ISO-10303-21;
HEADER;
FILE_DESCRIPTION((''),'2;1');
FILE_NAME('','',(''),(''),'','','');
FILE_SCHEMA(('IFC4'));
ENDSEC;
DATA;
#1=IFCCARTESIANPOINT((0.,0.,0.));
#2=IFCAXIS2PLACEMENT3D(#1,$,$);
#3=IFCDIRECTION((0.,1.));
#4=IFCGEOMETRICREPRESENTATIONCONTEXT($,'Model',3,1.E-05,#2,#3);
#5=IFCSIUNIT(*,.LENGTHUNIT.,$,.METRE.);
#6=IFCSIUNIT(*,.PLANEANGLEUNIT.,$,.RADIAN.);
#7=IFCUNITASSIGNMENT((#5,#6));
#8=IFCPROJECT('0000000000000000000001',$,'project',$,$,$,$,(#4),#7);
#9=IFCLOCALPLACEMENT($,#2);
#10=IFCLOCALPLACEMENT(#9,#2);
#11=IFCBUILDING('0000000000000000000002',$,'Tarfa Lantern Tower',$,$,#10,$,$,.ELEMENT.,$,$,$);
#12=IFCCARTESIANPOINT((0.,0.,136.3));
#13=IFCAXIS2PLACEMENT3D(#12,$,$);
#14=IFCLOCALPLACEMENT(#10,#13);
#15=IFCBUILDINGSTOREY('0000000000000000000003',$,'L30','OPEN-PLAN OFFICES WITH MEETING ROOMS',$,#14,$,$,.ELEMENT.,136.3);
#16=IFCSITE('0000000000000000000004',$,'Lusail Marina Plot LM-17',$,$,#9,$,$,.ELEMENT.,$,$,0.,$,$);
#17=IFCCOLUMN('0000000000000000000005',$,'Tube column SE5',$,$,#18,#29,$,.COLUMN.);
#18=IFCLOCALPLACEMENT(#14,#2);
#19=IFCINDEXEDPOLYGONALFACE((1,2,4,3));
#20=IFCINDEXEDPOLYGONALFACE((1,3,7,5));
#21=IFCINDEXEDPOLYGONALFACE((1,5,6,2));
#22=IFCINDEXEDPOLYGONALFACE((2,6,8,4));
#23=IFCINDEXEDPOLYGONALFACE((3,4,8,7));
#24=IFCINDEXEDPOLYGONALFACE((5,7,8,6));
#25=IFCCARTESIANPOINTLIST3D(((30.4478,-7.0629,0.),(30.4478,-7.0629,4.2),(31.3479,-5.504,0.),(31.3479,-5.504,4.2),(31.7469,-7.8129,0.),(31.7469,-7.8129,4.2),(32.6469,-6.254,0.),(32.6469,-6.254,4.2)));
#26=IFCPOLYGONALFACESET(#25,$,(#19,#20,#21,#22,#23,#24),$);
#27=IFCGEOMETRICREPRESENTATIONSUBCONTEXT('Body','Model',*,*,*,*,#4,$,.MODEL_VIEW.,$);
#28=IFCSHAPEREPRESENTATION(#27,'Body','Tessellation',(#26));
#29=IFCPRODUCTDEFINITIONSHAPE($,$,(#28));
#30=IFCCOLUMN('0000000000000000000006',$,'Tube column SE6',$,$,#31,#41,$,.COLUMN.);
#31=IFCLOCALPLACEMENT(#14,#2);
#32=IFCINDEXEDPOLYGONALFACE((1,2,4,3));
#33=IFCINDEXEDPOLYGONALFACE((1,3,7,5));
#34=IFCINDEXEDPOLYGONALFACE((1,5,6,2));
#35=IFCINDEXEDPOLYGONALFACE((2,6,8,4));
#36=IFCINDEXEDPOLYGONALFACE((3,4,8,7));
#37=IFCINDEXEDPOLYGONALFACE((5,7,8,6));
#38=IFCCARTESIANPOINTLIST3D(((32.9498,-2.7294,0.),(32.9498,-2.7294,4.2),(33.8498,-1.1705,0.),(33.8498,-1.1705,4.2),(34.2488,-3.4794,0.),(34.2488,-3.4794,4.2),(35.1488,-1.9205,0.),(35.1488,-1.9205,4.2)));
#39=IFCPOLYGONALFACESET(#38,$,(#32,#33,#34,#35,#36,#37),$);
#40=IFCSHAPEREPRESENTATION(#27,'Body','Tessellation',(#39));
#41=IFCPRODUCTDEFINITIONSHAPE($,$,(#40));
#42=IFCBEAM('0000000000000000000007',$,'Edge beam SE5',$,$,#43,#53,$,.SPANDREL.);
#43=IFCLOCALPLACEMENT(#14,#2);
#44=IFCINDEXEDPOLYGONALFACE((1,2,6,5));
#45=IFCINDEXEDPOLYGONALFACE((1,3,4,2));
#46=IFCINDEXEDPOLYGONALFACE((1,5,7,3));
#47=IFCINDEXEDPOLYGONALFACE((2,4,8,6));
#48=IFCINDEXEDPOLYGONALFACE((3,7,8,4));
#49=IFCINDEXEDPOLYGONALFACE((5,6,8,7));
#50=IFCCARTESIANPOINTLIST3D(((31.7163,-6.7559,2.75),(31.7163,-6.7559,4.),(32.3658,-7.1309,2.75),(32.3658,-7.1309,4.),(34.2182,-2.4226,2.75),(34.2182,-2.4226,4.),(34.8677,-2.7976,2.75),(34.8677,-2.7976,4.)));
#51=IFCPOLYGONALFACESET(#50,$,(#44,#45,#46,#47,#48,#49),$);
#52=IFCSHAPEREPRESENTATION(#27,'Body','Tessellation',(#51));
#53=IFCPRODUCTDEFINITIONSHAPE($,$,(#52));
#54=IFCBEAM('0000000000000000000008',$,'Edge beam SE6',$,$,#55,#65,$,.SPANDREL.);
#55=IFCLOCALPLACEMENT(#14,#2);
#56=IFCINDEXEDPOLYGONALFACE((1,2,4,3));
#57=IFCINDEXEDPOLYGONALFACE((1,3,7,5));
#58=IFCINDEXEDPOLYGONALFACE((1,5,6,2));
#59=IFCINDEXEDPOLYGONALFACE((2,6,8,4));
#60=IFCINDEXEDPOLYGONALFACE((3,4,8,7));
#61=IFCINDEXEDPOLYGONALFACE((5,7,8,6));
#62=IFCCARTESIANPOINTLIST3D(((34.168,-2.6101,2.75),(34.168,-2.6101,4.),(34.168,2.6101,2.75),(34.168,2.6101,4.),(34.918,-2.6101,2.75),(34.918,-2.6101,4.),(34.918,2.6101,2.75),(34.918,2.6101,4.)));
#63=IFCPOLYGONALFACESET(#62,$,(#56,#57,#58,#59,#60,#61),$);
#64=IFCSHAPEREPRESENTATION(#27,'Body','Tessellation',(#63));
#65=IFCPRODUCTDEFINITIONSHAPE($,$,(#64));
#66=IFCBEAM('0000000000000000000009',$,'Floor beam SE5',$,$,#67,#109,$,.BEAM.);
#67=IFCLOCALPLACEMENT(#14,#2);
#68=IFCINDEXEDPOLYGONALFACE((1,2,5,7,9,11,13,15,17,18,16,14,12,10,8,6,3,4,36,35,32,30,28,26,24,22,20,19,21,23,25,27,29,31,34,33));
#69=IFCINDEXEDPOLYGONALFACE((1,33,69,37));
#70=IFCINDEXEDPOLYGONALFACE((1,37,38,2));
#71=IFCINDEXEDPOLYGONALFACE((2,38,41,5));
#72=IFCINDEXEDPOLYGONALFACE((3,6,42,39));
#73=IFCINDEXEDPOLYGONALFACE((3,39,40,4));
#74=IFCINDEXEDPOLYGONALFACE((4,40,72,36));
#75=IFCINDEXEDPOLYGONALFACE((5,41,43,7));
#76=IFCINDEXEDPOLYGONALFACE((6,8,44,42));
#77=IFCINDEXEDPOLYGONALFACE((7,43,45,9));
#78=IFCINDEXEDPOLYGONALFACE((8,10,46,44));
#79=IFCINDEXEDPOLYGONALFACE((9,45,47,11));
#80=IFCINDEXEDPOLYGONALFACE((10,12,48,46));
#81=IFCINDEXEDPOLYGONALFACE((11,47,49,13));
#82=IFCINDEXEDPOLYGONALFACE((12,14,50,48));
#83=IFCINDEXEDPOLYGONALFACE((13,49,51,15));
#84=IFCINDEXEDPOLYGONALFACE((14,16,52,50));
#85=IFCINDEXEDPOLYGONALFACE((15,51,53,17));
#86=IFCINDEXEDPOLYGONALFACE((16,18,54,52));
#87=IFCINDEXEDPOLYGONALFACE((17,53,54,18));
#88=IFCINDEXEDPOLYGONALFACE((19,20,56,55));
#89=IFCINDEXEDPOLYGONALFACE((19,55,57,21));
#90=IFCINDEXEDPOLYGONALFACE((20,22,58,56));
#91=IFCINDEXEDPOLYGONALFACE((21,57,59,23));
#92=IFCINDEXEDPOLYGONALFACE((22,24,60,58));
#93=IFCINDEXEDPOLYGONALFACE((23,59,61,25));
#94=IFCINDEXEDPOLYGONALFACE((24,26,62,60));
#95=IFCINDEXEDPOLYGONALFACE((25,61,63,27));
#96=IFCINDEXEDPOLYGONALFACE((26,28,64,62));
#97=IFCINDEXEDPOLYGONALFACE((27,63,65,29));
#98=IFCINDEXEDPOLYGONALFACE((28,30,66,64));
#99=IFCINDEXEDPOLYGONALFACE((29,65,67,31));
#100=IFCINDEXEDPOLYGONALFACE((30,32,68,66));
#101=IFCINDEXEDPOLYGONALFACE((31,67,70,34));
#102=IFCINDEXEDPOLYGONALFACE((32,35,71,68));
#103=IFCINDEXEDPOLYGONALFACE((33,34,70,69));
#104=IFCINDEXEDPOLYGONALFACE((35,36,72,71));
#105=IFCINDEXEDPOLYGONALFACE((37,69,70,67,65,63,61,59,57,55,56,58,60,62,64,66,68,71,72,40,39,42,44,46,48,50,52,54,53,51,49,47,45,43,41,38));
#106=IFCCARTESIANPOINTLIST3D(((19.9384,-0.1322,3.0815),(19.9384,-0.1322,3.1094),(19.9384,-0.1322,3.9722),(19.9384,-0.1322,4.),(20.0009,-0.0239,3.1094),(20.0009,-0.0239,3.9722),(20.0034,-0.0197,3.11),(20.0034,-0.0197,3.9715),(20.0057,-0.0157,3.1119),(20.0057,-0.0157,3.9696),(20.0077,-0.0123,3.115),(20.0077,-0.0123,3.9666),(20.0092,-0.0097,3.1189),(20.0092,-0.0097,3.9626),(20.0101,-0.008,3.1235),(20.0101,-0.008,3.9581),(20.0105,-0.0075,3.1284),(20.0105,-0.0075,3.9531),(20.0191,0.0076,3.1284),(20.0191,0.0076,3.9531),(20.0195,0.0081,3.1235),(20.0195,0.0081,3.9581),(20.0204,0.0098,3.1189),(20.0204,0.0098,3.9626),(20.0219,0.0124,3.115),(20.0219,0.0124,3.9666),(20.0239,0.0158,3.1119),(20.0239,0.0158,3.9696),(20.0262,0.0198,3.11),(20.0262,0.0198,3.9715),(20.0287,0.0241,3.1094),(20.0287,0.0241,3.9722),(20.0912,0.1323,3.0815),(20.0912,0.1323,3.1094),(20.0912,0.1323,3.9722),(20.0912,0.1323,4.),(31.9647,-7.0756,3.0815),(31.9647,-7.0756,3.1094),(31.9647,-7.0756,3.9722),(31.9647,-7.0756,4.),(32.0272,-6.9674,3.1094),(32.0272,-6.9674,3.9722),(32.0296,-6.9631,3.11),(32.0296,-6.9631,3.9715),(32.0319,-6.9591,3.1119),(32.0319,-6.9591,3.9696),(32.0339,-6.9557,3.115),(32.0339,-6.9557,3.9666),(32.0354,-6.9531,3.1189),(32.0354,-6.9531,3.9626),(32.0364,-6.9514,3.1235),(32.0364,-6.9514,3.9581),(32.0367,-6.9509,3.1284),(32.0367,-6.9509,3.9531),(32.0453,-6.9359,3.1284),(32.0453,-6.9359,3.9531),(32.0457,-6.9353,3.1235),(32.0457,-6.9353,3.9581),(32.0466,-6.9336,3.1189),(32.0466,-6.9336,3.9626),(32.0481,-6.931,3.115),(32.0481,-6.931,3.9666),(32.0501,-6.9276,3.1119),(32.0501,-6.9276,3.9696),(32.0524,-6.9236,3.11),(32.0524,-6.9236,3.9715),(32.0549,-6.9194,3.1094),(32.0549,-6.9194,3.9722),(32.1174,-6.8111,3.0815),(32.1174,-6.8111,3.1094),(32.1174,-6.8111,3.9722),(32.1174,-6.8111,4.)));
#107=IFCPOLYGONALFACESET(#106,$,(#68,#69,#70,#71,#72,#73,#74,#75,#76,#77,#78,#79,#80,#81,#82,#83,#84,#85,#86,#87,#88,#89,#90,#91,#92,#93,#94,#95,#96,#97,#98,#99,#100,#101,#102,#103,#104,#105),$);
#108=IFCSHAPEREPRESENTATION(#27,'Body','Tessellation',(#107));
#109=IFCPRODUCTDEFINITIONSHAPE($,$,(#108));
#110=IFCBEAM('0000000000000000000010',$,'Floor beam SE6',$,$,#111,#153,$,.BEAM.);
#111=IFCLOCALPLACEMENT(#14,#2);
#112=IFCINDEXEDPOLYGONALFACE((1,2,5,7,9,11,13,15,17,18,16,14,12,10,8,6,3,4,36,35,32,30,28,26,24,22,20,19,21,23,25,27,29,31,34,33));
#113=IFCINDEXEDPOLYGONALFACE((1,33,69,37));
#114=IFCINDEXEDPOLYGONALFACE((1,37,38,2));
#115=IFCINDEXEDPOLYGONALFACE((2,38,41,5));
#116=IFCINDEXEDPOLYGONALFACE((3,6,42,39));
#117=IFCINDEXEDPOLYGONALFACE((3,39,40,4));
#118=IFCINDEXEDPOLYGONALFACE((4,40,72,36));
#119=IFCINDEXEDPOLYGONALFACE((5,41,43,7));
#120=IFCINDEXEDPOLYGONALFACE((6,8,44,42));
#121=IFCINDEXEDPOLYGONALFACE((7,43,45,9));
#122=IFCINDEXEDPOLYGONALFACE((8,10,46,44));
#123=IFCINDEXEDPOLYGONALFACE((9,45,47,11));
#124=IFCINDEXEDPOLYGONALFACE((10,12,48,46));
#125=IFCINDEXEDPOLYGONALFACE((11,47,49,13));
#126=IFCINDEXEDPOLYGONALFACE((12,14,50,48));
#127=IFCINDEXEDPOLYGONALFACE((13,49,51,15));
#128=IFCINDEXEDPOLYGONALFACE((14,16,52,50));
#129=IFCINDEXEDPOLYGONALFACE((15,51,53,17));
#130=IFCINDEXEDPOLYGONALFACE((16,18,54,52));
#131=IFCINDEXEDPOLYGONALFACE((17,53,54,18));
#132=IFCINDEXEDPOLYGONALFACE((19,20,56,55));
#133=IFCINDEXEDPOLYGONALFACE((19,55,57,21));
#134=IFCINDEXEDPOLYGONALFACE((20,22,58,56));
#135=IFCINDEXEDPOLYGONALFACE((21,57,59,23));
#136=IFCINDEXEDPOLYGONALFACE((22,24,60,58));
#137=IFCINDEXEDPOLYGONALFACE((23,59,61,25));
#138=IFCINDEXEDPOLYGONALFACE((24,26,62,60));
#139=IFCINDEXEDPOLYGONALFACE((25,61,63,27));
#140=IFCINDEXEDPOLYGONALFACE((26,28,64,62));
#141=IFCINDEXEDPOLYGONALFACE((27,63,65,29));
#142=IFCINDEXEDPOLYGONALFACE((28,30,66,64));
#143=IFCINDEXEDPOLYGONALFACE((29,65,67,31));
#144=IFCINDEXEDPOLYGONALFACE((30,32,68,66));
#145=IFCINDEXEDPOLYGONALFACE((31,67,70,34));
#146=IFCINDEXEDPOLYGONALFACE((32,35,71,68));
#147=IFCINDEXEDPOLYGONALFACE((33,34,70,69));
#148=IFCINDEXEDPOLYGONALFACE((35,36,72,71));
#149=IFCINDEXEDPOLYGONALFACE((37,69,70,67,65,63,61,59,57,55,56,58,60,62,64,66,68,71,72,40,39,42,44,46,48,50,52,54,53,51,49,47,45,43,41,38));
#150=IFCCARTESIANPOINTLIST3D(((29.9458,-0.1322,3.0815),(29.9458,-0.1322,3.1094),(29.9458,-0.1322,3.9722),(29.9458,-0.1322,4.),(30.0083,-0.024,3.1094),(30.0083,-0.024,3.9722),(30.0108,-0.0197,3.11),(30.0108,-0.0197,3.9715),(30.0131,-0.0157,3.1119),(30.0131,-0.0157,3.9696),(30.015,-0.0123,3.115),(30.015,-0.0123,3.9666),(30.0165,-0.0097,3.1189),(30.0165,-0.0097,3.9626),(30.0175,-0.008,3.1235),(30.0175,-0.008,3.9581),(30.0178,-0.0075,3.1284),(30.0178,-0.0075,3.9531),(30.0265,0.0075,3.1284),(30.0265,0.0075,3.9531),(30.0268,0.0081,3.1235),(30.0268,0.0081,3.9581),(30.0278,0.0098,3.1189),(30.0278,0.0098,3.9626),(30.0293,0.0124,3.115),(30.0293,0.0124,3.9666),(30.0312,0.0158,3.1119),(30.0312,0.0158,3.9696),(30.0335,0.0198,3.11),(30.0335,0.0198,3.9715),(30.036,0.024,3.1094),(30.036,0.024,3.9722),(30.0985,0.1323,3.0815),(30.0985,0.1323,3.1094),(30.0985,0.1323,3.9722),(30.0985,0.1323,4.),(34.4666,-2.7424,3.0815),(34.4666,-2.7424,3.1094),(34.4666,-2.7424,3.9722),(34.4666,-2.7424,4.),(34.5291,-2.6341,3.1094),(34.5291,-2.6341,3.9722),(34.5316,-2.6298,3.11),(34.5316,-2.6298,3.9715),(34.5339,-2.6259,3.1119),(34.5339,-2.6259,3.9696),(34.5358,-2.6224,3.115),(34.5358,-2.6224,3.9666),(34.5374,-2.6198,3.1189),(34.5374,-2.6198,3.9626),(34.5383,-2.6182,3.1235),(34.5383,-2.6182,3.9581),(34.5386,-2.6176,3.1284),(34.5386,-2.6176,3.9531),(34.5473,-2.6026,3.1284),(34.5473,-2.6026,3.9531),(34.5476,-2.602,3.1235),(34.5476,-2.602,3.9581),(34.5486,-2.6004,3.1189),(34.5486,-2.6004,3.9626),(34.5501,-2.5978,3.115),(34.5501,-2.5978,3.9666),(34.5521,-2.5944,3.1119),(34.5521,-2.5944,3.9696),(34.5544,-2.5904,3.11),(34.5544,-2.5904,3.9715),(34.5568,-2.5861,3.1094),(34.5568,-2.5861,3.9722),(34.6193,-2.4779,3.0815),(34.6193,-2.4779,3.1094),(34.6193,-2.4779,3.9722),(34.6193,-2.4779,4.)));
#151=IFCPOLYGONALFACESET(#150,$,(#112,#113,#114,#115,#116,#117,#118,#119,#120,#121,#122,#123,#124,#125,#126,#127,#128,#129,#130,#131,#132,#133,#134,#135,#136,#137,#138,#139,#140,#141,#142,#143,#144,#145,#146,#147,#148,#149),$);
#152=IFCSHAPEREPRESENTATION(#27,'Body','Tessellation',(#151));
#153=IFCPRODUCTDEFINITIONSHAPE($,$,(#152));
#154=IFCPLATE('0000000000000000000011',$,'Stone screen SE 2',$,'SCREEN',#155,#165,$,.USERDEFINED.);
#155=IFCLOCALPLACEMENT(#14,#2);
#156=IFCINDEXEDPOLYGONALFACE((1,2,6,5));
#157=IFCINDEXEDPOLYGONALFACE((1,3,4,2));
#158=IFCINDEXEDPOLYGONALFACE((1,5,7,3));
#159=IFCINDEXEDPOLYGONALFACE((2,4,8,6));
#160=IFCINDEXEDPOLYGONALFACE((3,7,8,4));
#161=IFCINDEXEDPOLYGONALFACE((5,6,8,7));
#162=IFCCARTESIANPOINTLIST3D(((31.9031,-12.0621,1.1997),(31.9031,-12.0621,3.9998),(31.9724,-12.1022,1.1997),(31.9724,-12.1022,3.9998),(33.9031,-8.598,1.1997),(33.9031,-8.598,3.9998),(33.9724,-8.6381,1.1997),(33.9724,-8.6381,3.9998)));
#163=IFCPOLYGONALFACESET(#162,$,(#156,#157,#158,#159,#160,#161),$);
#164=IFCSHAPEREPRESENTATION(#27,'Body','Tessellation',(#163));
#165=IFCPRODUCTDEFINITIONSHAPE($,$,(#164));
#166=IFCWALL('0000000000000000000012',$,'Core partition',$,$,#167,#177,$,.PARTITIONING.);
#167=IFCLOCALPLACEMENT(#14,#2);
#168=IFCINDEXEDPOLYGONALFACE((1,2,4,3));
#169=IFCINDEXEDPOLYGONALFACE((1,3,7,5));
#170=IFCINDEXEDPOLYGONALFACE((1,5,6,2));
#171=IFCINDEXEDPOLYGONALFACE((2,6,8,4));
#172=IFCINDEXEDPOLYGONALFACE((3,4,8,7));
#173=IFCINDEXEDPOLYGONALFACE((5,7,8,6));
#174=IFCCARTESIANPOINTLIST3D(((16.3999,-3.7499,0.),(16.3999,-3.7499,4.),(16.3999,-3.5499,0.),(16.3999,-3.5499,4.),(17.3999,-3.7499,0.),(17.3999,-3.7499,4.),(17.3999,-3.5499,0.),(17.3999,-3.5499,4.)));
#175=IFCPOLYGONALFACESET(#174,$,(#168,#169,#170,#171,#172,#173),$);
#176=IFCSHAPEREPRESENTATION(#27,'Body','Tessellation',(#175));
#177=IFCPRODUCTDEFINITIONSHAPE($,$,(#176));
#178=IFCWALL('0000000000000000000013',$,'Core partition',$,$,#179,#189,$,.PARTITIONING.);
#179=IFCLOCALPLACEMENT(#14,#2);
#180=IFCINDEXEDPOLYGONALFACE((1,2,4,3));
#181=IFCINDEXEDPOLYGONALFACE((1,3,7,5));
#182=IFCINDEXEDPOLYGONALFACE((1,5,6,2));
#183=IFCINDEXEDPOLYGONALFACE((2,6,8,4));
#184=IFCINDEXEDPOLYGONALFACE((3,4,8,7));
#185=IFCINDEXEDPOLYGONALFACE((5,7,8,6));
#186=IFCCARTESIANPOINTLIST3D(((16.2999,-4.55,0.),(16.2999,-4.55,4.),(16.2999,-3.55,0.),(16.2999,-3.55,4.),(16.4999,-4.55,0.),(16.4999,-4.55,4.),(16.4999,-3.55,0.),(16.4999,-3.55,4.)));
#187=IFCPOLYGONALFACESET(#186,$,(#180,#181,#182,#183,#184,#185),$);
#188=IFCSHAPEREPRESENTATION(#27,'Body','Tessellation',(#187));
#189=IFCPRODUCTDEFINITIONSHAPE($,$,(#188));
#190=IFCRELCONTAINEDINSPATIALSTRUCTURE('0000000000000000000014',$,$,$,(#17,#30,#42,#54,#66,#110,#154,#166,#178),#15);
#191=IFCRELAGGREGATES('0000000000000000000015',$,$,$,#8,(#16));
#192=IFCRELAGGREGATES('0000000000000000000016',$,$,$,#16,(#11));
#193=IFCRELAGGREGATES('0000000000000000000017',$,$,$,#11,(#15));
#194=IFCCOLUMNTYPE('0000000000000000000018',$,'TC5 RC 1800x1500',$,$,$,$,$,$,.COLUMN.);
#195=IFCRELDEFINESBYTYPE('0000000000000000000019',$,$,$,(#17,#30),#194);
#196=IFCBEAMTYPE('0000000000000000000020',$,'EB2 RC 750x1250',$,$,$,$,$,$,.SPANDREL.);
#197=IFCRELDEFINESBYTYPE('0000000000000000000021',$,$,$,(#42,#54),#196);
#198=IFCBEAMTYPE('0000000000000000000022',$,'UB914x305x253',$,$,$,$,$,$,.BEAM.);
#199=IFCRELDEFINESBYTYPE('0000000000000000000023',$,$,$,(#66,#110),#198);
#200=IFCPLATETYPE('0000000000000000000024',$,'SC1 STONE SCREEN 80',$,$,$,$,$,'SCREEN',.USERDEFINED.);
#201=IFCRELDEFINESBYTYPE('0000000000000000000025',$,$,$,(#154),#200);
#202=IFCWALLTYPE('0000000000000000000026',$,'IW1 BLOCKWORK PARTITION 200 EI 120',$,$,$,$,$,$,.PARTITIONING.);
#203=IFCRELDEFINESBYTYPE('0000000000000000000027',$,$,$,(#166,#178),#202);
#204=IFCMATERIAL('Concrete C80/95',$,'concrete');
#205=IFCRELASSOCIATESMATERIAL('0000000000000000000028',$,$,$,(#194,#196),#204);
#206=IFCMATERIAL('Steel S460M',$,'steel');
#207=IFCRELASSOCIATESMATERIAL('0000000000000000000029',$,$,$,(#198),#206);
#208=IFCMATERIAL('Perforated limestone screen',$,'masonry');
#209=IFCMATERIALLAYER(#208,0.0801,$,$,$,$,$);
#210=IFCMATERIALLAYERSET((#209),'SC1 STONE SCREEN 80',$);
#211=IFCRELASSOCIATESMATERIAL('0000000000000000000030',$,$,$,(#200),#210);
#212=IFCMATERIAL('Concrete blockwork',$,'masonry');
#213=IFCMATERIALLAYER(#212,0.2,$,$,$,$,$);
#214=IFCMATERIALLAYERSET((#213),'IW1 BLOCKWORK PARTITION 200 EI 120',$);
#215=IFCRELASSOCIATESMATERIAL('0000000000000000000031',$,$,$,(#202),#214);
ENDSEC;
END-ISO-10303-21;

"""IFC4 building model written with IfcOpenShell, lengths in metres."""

from ifc_helpers import new_model, si_unit, direction, frame, frame_2d, origin, origin_2d, place, context, subcontext, project, spatial, rectangle, i_section, extrude, material, layer, layer_set, material_profile, profile_set, type_object, element, save


model = new_model("IFC4")

# Units and contexts
model_context = context("Model", 3, precision=1e-05, world=origin(), true_north=direction((0.0, 1.0)))
body_context = subcontext(model_context, "Body", "Model", "MODEL_VIEW")
ifc_project = project(units=[si_unit("LENGTHUNIT", "METRE"), si_unit("PLANEANGLEUNIT", "RADIAN")], contexts=[model_context])

# Site, building, storey
site_placement = place(None, origin())
site = spatial("IfcSite", under=ifc_project, at=site_placement, Name="Lusail Marina Plot LM-17", CompositionType="ELEMENT", RefElevation=0.0)
building_placement = place(site_placement, origin())
building = spatial("IfcBuilding", under=site, at=building_placement, Name="Tarfa Lantern Tower", CompositionType="ELEMENT")
storey_placement = place(building_placement, frame((0.0, 0.0, 136.3)))
storey = spatial("IfcBuildingStorey", under=building, at=storey_placement, Name="L30", Description="OPEN-PLAN OFFICES WITH MEETING ROOMS", CompositionType="ELEMENT", Elevation=136.3)

# Columns
ifc_material_1 = material(Name="Concrete C80/95", Category="concrete")
ifc_material_profile_1 = material_profile(ifc_material_1, rectangle(XDim=1.8, YDim=1.5, at=origin_2d()), Name="RC 1800x1500")
ifc_profile_set_1 = profile_set([ifc_material_profile_1], Name="Concrete C80/95")
column_type = type_object("IfcColumnType", Name="TC5 RC 1800x1500", PredefinedType="COLUMN", material=ifc_profile_set_1)
for number, where, z_axis, x_axis, name in (
    (1, (31.5474, -6.6584, 0.0), (0.0, 0.0, 1.0), (0.5, 0.866025, 0.0), "Tube column SE5"),
    (2, (34.0493, -2.325, 0.0), (0.0, 0.0, 1.0), (0.5, 0.866025, 0.0), "Tube column SE6"),
):
    element("IfcColumn", number, at=place(storey_placement, frame(where, z_axis=z_axis, x_axis=x_axis)), inside=storey, type_object=column_type, Name=name, PredefinedType="COLUMN", context=body_context, shape_type="SweptSolid", body=[
        extrude(rectangle(XDim=1.8, YDim=1.5, at=origin_2d()), origin(), (0.0, 0.0, 1.0), 4.2),
    ])

# Beams
ifc_material_profile_2 = material_profile(ifc_material_1, rectangle(XDim=0.75, YDim=1.25, at=origin_2d()), Name="RC 750x1250")
ifc_profile_set_2 = profile_set([ifc_material_profile_2], Name="Concrete C80/95")
beam_type_1 = type_object("IfcBeamType", Name="EB2 RC 750x1250", PredefinedType="SPANDREL", material=ifc_profile_set_2)
beam_1_placement = place(storey_placement, frame((32.041, -6.9434, 3.375), z_axis=(0.500022, 0.866013, 0.0), x_axis=(-0.866013, 0.500022, 0.0)))
element("IfcBeam", 3, at=beam_1_placement, inside=storey, type_object=beam_type_1, Name="Edge beam SE5", PredefinedType="SPANDREL", context=body_context, shape_type="SweptSolid", body=[
    extrude(rectangle(XDim=0.75, YDim=1.25, at=origin_2d()), origin(), (0.0, 0.0, 1.0), 5.0037),
])
beam_2_placement = place(storey_placement, frame((34.543, -2.6101, 3.375), z_axis=(0.0, 1.0, 0.0), x_axis=(-1.0, 0.0, 0.0)))
element("IfcBeam", 4, at=beam_2_placement, inside=storey, type_object=beam_type_1, Name="Edge beam SE6", PredefinedType="SPANDREL", context=body_context, shape_type="SweptSolid", body=[
    extrude(rectangle(XDim=0.75, YDim=1.25, at=origin_2d()), origin(), (0.0, 0.0, 1.0), 5.2202),
])
ifc_material_2 = material(Name="Steel S460M", Category="steel")
ifc_material_profile_3 = material_profile(ifc_material_2, i_section(OverallWidth=0.3054, OverallDepth=0.9185, WebThickness=0.0173, FlangeThickness=0.0278, FilletRadius=0.019, at=origin_2d()), Name="UB914x305x253")
ifc_profile_set_3 = profile_set([ifc_material_profile_3], Name="Steel S460M")
beam_type_2 = type_object("IfcBeamType", Name="UB914x305x253", PredefinedType="BEAM", material=ifc_profile_set_3)
beam_3_placement = place(storey_placement, frame((32.041, -6.9434, 3.5408), z_axis=(-0.866023, 0.500004, 0.0), x_axis=(-0.500004, -0.866023, 0.0)))
element("IfcBeam", 5, at=beam_3_placement, inside=storey, type_object=beam_type_2, Name="Floor beam SE5", PredefinedType="BEAM", context=body_context, shape_type="SweptSolid", body=[
    extrude(i_section(OverallWidth=0.3054, OverallDepth=0.9185, WebThickness=0.0173, FlangeThickness=0.0278, FilletRadius=0.019, at=origin_2d()), origin(), (0.0, 0.0, 1.0), 13.8867),
])
beam_4_placement = place(storey_placement, frame((34.543, -2.6101, 3.5408), z_axis=(-0.866021, 0.500007, 0.0), x_axis=(-0.500007, -0.866021, 0.0)))
element("IfcBeam", 6, at=beam_4_placement, inside=storey, type_object=beam_type_2, Name="Floor beam SE6", PredefinedType="BEAM", context=body_context, shape_type="SweptSolid", body=[
    extrude(i_section(OverallWidth=0.3054, OverallDepth=0.9185, WebThickness=0.0173, FlangeThickness=0.0278, FilletRadius=0.019, at=origin_2d()), origin(), (0.0, 0.0, 1.0), 5.2202),
])

# Plate
ifc_material_3 = material(Name="Perforated limestone screen", Category="masonry")
ifc_layer_1 = layer(ifc_material_3, 0.0801)
ifc_layer_set_1 = layer_set([ifc_layer_1], Name="SC1 STONE SCREEN 80")
plate_type = type_object("IfcPlateType", Name="SC1 STONE SCREEN 80", ElementType="SCREEN", PredefinedType="USERDEFINED", material=ifc_layer_set_1)
plate_placement = place(storey_placement, frame((32.9377, -10.3501, 1.1997), z_axis=(0.0, 0.0, 1.0), x_axis=(0.5, 0.866025, 0.0)))
element("IfcPlate", 7, at=plate_placement, inside=storey, type_object=plate_type, Name="Stone screen SE 2", ObjectType="SCREEN", PredefinedType="USERDEFINED", context=body_context, shape_type="SweptSolid", body=[
    extrude(rectangle(XDim=4.0, YDim=0.0801, at=origin_2d()), origin(), (0.0, 0.0, 1.0), 2.8),
])

# Walls
ifc_material_4 = material(Name="Concrete blockwork", Category="masonry")
ifc_layer_2 = layer(ifc_material_4, 0.2)
ifc_layer_set_2 = layer_set([ifc_layer_2], Name="IW1 BLOCKWORK PARTITION 200 EI 120")
wall_type_1 = type_object("IfcWallType", Name="IW1 BLOCKWORK PARTITION 200 EI 120", PredefinedType="PARTITIONING", material=ifc_layer_set_2)
for number, where, z_axis, x_axis, name in (
    (8, (17.3999, -3.6499, 0.0), (0.0, 0.0, 1.0), (-1.0, 0.0, 0.0), "Core partition"),
    (9, (16.3999, -3.55, 0.0), (0.0, 0.0, 1.0), (0.0, -1.0, 0.0), "Core partition"),
):
    element("IfcWall", number, at=place(storey_placement, frame(where, z_axis=z_axis, x_axis=x_axis)), inside=storey, type_object=wall_type_1, Name=name, PredefinedType="PARTITIONING", context=body_context, shape_type="SweptSolid", body=[
        extrude(rectangle(XDim=1.0, YDim=0.2, at=frame_2d((0.5, 0.0))), origin(), (0.0, 0.0, 1.0), 4.0),
    ])

save(model, "model.ifc")
